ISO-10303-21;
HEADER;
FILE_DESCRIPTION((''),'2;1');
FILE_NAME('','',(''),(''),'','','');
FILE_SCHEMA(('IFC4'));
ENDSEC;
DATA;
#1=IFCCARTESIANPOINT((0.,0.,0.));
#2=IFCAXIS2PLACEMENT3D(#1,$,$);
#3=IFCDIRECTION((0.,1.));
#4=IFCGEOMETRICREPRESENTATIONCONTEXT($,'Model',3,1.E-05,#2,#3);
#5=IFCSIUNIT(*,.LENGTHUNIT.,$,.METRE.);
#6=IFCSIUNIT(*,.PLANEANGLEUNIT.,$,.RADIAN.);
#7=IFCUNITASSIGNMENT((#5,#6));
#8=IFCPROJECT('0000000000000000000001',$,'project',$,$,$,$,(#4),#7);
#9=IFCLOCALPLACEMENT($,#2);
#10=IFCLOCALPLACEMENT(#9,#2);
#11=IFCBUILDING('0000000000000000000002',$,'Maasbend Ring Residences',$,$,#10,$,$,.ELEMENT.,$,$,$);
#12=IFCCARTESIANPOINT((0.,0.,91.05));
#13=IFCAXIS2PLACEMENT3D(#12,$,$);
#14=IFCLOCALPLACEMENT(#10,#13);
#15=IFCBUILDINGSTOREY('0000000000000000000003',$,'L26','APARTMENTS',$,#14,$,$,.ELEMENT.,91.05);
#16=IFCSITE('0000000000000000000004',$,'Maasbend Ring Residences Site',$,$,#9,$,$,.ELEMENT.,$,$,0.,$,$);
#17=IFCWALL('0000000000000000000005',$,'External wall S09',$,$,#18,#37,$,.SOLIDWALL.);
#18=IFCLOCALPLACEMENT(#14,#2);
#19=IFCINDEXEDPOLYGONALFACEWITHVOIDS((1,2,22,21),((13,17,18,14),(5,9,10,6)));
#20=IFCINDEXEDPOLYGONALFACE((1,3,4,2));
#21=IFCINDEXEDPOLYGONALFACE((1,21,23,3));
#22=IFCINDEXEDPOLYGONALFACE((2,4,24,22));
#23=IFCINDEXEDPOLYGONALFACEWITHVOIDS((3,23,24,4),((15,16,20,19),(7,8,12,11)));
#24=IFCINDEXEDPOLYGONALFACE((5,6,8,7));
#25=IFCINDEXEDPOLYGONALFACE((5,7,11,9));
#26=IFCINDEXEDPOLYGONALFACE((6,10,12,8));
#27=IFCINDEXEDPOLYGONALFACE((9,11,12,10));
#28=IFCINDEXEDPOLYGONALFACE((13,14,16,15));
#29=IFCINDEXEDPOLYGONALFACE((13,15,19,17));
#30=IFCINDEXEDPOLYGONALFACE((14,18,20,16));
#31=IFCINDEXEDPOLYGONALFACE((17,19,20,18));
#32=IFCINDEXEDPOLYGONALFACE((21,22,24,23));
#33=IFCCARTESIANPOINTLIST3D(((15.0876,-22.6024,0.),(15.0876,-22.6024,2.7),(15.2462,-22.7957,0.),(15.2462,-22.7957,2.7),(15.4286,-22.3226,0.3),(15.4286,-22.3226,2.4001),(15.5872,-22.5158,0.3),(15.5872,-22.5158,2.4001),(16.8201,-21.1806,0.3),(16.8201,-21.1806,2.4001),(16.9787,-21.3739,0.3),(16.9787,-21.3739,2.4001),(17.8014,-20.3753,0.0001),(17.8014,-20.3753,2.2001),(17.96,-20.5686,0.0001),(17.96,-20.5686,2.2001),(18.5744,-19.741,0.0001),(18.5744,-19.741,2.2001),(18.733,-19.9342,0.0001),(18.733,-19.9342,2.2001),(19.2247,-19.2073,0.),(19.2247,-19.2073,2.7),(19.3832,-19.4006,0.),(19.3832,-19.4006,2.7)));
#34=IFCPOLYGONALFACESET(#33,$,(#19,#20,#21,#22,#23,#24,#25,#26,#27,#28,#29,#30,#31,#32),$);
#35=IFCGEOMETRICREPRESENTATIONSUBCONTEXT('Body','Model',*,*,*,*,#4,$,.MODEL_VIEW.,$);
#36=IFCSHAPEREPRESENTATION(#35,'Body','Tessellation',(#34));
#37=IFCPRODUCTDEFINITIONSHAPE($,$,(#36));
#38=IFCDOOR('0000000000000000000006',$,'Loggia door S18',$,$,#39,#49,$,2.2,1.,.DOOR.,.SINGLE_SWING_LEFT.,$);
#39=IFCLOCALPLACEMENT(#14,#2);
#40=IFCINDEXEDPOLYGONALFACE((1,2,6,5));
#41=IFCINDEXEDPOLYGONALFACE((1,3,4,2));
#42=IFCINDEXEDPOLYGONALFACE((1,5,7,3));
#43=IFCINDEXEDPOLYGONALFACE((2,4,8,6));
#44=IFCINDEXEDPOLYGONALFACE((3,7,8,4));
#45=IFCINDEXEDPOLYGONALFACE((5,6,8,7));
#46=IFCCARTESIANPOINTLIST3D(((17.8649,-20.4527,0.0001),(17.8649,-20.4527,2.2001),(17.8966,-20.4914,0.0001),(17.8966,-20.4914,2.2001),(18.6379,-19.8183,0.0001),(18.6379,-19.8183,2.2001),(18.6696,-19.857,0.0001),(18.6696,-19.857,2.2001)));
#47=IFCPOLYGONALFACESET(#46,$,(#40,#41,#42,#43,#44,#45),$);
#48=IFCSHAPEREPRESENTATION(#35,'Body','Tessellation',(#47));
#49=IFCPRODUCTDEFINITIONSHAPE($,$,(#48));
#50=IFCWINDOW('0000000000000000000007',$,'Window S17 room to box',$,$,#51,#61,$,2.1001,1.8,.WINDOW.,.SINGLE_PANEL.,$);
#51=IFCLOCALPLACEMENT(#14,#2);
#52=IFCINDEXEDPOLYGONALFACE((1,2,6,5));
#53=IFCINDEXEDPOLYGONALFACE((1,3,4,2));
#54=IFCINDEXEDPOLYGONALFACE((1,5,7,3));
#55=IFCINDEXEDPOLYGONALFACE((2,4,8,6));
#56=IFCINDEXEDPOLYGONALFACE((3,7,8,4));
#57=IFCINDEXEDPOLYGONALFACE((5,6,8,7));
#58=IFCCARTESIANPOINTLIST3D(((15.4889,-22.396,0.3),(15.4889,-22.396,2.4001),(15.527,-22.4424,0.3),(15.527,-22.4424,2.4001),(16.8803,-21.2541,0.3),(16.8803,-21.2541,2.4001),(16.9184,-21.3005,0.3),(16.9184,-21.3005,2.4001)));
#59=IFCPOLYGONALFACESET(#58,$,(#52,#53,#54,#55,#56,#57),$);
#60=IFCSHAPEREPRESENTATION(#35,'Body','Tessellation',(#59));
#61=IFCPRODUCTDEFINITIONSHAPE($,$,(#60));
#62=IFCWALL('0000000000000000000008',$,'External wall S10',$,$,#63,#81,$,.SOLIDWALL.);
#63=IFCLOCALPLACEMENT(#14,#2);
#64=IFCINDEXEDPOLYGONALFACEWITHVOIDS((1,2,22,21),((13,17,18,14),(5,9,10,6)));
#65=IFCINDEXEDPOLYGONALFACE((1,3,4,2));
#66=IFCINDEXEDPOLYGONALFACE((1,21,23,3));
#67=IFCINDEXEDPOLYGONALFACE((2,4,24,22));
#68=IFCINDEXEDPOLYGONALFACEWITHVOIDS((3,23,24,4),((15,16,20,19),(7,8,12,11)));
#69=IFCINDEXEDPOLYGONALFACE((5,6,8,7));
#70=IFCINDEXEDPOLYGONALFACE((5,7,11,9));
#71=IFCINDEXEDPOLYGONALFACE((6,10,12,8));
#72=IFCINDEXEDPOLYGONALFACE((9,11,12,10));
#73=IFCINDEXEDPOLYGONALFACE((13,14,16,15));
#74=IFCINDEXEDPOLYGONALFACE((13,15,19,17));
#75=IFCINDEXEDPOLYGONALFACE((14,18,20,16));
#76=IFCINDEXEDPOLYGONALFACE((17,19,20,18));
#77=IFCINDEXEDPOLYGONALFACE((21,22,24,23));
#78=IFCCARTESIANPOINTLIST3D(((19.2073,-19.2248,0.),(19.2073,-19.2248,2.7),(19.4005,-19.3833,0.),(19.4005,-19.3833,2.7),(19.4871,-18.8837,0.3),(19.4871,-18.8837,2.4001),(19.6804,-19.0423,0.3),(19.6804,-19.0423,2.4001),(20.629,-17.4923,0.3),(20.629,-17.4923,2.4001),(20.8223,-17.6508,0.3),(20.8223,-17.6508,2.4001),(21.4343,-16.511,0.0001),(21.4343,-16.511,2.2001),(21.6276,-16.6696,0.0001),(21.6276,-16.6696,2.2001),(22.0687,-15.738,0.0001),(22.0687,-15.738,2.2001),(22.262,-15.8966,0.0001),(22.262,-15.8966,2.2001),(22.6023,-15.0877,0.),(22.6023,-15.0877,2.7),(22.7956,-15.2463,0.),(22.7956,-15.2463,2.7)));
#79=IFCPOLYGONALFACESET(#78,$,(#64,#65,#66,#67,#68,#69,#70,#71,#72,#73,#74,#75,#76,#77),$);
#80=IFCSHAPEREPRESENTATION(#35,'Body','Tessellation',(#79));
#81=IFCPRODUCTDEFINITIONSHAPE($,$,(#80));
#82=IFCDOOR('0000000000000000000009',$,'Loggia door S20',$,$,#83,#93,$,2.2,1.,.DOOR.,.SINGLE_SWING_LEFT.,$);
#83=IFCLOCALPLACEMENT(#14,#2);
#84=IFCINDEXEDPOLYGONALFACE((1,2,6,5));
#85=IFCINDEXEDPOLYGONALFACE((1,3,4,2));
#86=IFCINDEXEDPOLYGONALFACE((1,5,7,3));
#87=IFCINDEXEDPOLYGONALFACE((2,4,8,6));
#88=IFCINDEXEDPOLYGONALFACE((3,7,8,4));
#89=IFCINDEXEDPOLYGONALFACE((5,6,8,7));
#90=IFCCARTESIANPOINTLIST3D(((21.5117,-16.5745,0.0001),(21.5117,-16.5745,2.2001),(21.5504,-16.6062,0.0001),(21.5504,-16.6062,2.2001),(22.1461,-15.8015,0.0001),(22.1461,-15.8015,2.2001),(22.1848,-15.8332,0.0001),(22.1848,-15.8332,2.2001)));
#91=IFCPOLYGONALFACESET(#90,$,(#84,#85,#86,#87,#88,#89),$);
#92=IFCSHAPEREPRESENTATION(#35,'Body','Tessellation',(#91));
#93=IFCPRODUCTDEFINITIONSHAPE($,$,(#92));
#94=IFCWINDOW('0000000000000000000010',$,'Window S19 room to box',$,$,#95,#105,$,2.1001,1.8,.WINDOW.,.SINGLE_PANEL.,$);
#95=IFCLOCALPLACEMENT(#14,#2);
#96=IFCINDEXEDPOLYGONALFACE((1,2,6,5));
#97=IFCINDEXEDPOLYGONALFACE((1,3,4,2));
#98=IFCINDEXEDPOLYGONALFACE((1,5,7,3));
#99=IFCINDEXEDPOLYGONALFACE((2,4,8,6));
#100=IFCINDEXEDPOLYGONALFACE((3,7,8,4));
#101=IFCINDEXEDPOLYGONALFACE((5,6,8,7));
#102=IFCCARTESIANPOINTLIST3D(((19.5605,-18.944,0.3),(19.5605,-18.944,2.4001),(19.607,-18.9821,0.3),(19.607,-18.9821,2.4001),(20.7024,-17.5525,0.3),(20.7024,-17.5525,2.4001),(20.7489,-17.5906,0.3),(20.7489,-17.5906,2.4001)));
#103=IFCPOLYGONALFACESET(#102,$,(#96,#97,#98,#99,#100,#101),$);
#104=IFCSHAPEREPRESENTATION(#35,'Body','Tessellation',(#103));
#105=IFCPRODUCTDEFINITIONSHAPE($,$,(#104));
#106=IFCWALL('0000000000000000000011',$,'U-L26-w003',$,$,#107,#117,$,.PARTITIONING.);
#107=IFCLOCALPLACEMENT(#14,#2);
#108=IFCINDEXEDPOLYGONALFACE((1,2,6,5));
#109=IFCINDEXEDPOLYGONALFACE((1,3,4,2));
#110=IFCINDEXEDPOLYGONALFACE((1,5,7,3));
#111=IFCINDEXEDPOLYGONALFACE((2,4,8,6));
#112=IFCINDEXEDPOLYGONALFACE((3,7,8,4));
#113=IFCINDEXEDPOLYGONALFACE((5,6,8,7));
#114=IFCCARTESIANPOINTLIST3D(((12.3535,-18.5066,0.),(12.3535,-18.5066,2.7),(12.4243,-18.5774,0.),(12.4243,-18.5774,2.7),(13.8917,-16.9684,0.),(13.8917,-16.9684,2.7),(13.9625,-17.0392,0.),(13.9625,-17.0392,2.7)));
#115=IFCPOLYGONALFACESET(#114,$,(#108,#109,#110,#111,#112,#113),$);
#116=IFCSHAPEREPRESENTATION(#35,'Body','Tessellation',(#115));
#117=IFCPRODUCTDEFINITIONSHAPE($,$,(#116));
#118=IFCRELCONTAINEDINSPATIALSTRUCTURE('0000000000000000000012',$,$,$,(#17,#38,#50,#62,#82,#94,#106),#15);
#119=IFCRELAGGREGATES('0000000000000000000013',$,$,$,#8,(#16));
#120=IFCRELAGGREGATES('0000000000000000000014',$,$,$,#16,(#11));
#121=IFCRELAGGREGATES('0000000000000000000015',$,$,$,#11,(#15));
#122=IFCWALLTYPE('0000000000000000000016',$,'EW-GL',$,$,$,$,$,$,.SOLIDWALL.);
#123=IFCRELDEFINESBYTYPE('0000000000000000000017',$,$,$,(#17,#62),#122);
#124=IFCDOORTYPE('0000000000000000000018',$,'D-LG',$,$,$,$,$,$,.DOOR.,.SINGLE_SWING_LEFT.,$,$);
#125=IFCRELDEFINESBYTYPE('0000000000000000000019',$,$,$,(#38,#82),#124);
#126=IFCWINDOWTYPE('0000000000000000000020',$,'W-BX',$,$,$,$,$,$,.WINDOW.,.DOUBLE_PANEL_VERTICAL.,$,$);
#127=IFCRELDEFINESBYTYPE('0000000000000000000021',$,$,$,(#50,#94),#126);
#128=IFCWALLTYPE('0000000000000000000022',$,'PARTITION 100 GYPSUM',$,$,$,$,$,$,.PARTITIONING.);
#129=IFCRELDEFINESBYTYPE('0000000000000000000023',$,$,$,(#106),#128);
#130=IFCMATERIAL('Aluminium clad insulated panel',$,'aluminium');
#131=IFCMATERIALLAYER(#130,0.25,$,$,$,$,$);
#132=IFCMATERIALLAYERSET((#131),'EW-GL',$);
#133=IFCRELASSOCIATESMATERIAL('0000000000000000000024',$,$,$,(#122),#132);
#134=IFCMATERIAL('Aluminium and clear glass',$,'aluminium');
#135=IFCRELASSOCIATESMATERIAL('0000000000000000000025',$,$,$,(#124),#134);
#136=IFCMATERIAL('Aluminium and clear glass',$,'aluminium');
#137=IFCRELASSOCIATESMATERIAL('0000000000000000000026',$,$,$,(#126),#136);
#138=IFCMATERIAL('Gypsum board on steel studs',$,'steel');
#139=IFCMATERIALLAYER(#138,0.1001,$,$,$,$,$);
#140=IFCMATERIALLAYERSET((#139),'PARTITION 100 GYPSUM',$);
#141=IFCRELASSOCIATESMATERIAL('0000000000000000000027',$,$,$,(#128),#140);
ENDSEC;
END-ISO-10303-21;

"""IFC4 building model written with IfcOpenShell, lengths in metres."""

from ifc_helpers import new_model, si_unit, direction, frame, frame_2d, origin, place, context, subcontext, project, spatial, rectangle, extrude, material, layer, layer_set, type_object, element, fill, save


model = new_model("IFC4")

# Units and contexts
model_context = context("Model", 3, precision=1e-05, world=origin(), true_north=direction((0.0, 1.0)))
body_context = subcontext(model_context, "Body", "Model", "MODEL_VIEW")
ifc_project = project(units=[si_unit("LENGTHUNIT", "METRE"), si_unit("PLANEANGLEUNIT", "RADIAN")], contexts=[model_context])

# Site, building, storey
site_placement = place(None, origin())
site = spatial("IfcSite", under=ifc_project, at=site_placement, Name="Maasbend Ring Residences Site", CompositionType="ELEMENT", RefElevation=0.0)
building_placement = place(site_placement, origin())
building = spatial("IfcBuilding", under=site, at=building_placement, Name="Maasbend Ring Residences", CompositionType="ELEMENT")
storey_placement = place(building_placement, frame((0.0, 0.0, 91.05)))
storey = spatial("IfcBuildingStorey", under=building, at=storey_placement, Name="L26", Description="APARTMENTS", CompositionType="ELEMENT", Elevation=91.05)

# Walls, openings, doors, windows
ifc_material_1 = material(Name="Aluminium clad insulated panel", Category="aluminium")
ifc_layer_1 = layer(ifc_material_1, 0.25)
ifc_layer_set_1 = layer_set([ifc_layer_1], Name="EW-GL")
wall_type_1 = type_object("IfcWallType", Name="EW-GL", PredefinedType="SOLIDWALL", material=ifc_layer_set_1)
wall_1_placement = place(storey_placement, frame((15.167, -22.699, 0.0), z_axis=(0.0, 0.0, 1.0), x_axis=(0.773019, 0.634382, 0.0)))
wall_1 = element("IfcWall", 1, at=wall_1_placement, inside=storey, type_object=wall_type_1, Name="External wall S09", PredefinedType="SOLIDWALL", context=body_context, shape_type="SweptSolid", body=[
    extrude(rectangle(XDim=5.3518, YDim=0.25, at=frame_2d((2.6758, 0.0))), origin(), (0.0, 0.0, 1.0), 2.7),
])
opening_1_placement = place(wall_1_placement, frame((0.4412, 0.0, 0.3)))
opening_1 = element("IfcOpeningElement", 2, at=opening_1_placement, cuts=wall_1, PredefinedType="OPENING", context=body_context, shape_type="SweptSolid", body=[
    extrude(rectangle(XDim=1.8, YDim=2.1001, at=frame_2d((0.8999, 1.05))), frame((0.0, 0.135, 0.0), z_axis=(0.0, -1.0, 0.0), x_axis=(1.0, 0.0, 0.0)), (0.0, 0.0, 1.0), 0.27),
])
opening_2_placement = place(wall_1_placement, frame((3.5105, 0.0, 0.0)))
opening_2 = element("IfcOpeningElement", 3, at=opening_2_placement, cuts=wall_1, PredefinedType="OPENING", context=body_context, shape_type="SweptSolid", body=[
    extrude(rectangle(XDim=1.0, YDim=2.2, at=frame_2d((0.5, 1.1001))), frame((0.0, 0.135, 0.0), z_axis=(0.0, -1.0, 0.0), x_axis=(1.0, 0.0, 0.0)), (0.0, 0.0, 1.0), 0.27),
])
ifc_material_2 = material(Name="Aluminium and clear glass", Category="aluminium")
door_type = type_object("IfcDoorType", Name="D-LG", OperationType="SINGLE_SWING_LEFT", PredefinedType="DOOR", material=ifc_material_2)
door_1_placement = place(opening_2_placement, origin())
door_1 = element("IfcDoor", 4, at=door_1_placement, inside=storey, type_object=door_type, Name="Loggia door S18", OperationType="SINGLE_SWING_LEFT", OverallHeight=2.2, OverallWidth=1.0, PredefinedType="DOOR", context=body_context, shape_type="SweptSolid", body=[
    extrude(rectangle(XDim=1.0, YDim=2.2, at=frame_2d((0.5, 1.1001))), frame((0.0, 0.0249, 0.0), z_axis=(0.0, -1.0, 0.0), x_axis=(1.0, 0.0, 0.0)), (0.0, 0.0, 1.0), 0.05),
])
fill(opening_2, door_1)
ifc_material_3 = material(Name="Aluminium and clear glass", Category="aluminium")
window_type_1 = type_object("IfcWindowType", Name="W-BX", PartitioningType="DOUBLE_PANEL_VERTICAL", PredefinedType="WINDOW", material=ifc_material_3)
window_1_placement = place(opening_1_placement, origin())
window_1 = element("IfcWindow", 5, at=window_1_placement, inside=storey, type_object=window_type_1, Name="Window S17 room to box", OverallHeight=2.1001, OverallWidth=1.8, PartitioningType="SINGLE_PANEL", PredefinedType="WINDOW", context=body_context, shape_type="SweptSolid", body=[
    extrude(rectangle(XDim=1.8, YDim=2.1001, at=frame_2d((0.8999, 1.05))), frame((0.0, 0.03, 0.0), z_axis=(0.0, -1.0, 0.0), x_axis=(1.0, 0.0, 0.0)), (0.0, 0.0, 1.0), 0.0601),
])
fill(opening_1, window_1)
wall_2_placement = place(storey_placement, frame((19.304, -19.304, 0.0), z_axis=(0.0, 0.0, 1.0), x_axis=(0.634382, 0.773019, 0.0)))
wall_2 = element("IfcWall", 6, at=wall_2_placement, inside=storey, type_object=wall_type_1, Name="External wall S10", PredefinedType="SOLIDWALL", context=body_context, shape_type="SweptSolid", body=[
    extrude(rectangle(XDim=5.3518, YDim=0.25, at=frame_2d((2.6758, 0.0))), origin(), (0.0, 0.0, 1.0), 2.7),
])
opening_3_placement = place(wall_2_placement, frame((0.4412, 0.0, 0.3)))
opening_3 = element("IfcOpeningElement", 7, at=opening_3_placement, cuts=wall_2, PredefinedType="OPENING", context=body_context, shape_type="SweptSolid", body=[
    extrude(rectangle(XDim=1.8, YDim=2.1001, at=frame_2d((0.8999, 1.05))), frame((0.0, 0.135, 0.0), z_axis=(0.0, -1.0, 0.0), x_axis=(1.0, 0.0, 0.0)), (0.0, 0.0, 1.0), 0.27),
])
opening_4_placement = place(wall_2_placement, frame((3.5105, 0.0, 0.0)))
opening_4 = element("IfcOpeningElement", 8, at=opening_4_placement, cuts=wall_2, PredefinedType="OPENING", context=body_context, shape_type="SweptSolid", body=[
    extrude(rectangle(XDim=1.0, YDim=2.2, at=frame_2d((0.5, 1.1001))), frame((0.0, 0.135, 0.0), z_axis=(0.0, -1.0, 0.0), x_axis=(1.0, 0.0, 0.0)), (0.0, 0.0, 1.0), 0.27),
])
door_2_placement = place(opening_4_placement, origin())
door_2 = element("IfcDoor", 9, at=door_2_placement, inside=storey, type_object=door_type, Name="Loggia door S20", OperationType="SINGLE_SWING_LEFT", OverallHeight=2.2, OverallWidth=1.0, PredefinedType="DOOR", context=body_context, shape_type="SweptSolid", body=[
    extrude(rectangle(XDim=1.0, YDim=2.2, at=frame_2d((0.5, 1.1001))), frame((0.0, 0.0249, 0.0), z_axis=(0.0, -1.0, 0.0), x_axis=(1.0, 0.0, 0.0)), (0.0, 0.0, 1.0), 0.05),
])
fill(opening_4, door_2)
window_2_placement = place(opening_3_placement, origin())
window_2 = element("IfcWindow", 10, at=window_2_placement, inside=storey, type_object=window_type_1, Name="Window S19 room to box", OverallHeight=2.1001, OverallWidth=1.8, PartitioningType="SINGLE_PANEL", PredefinedType="WINDOW", context=body_context, shape_type="SweptSolid", body=[
    extrude(rectangle(XDim=1.8, YDim=2.1001, at=frame_2d((0.8999, 1.05))), frame((0.0, 0.03, 0.0), z_axis=(0.0, -1.0, 0.0), x_axis=(1.0, 0.0, 0.0)), (0.0, 0.0, 1.0), 0.0601),
])
fill(opening_3, window_2)

# Wall
ifc_material_4 = material(Name="Gypsum board on steel studs", Category="steel")
ifc_layer_2 = layer(ifc_material_4, 0.1001)
ifc_layer_set_2 = layer_set([ifc_layer_2], Name="PARTITION 100 GYPSUM")
wall_type_2 = type_object("IfcWallType", Name="PARTITION 100 GYPSUM", PredefinedType="PARTITIONING", material=ifc_layer_set_2)
wall_3_placement = place(storey_placement, frame((12.3889, -18.542, 0.0), z_axis=(0.0, 0.0, 1.0), x_axis=(0.707107, 0.707107, 0.0)))
element("IfcWall", 11, at=wall_3_placement, inside=storey, type_object=wall_type_2, Name="U-L26-w003", PredefinedType="PARTITIONING", context=body_context, shape_type="SweptSolid", body=[
    extrude(rectangle(XDim=2.1753, YDim=0.1001, at=frame_2d((1.0876, 0.0))), origin(), (0.0, 0.0, 1.0), 2.7),
])

save(model, "model.ifc")
